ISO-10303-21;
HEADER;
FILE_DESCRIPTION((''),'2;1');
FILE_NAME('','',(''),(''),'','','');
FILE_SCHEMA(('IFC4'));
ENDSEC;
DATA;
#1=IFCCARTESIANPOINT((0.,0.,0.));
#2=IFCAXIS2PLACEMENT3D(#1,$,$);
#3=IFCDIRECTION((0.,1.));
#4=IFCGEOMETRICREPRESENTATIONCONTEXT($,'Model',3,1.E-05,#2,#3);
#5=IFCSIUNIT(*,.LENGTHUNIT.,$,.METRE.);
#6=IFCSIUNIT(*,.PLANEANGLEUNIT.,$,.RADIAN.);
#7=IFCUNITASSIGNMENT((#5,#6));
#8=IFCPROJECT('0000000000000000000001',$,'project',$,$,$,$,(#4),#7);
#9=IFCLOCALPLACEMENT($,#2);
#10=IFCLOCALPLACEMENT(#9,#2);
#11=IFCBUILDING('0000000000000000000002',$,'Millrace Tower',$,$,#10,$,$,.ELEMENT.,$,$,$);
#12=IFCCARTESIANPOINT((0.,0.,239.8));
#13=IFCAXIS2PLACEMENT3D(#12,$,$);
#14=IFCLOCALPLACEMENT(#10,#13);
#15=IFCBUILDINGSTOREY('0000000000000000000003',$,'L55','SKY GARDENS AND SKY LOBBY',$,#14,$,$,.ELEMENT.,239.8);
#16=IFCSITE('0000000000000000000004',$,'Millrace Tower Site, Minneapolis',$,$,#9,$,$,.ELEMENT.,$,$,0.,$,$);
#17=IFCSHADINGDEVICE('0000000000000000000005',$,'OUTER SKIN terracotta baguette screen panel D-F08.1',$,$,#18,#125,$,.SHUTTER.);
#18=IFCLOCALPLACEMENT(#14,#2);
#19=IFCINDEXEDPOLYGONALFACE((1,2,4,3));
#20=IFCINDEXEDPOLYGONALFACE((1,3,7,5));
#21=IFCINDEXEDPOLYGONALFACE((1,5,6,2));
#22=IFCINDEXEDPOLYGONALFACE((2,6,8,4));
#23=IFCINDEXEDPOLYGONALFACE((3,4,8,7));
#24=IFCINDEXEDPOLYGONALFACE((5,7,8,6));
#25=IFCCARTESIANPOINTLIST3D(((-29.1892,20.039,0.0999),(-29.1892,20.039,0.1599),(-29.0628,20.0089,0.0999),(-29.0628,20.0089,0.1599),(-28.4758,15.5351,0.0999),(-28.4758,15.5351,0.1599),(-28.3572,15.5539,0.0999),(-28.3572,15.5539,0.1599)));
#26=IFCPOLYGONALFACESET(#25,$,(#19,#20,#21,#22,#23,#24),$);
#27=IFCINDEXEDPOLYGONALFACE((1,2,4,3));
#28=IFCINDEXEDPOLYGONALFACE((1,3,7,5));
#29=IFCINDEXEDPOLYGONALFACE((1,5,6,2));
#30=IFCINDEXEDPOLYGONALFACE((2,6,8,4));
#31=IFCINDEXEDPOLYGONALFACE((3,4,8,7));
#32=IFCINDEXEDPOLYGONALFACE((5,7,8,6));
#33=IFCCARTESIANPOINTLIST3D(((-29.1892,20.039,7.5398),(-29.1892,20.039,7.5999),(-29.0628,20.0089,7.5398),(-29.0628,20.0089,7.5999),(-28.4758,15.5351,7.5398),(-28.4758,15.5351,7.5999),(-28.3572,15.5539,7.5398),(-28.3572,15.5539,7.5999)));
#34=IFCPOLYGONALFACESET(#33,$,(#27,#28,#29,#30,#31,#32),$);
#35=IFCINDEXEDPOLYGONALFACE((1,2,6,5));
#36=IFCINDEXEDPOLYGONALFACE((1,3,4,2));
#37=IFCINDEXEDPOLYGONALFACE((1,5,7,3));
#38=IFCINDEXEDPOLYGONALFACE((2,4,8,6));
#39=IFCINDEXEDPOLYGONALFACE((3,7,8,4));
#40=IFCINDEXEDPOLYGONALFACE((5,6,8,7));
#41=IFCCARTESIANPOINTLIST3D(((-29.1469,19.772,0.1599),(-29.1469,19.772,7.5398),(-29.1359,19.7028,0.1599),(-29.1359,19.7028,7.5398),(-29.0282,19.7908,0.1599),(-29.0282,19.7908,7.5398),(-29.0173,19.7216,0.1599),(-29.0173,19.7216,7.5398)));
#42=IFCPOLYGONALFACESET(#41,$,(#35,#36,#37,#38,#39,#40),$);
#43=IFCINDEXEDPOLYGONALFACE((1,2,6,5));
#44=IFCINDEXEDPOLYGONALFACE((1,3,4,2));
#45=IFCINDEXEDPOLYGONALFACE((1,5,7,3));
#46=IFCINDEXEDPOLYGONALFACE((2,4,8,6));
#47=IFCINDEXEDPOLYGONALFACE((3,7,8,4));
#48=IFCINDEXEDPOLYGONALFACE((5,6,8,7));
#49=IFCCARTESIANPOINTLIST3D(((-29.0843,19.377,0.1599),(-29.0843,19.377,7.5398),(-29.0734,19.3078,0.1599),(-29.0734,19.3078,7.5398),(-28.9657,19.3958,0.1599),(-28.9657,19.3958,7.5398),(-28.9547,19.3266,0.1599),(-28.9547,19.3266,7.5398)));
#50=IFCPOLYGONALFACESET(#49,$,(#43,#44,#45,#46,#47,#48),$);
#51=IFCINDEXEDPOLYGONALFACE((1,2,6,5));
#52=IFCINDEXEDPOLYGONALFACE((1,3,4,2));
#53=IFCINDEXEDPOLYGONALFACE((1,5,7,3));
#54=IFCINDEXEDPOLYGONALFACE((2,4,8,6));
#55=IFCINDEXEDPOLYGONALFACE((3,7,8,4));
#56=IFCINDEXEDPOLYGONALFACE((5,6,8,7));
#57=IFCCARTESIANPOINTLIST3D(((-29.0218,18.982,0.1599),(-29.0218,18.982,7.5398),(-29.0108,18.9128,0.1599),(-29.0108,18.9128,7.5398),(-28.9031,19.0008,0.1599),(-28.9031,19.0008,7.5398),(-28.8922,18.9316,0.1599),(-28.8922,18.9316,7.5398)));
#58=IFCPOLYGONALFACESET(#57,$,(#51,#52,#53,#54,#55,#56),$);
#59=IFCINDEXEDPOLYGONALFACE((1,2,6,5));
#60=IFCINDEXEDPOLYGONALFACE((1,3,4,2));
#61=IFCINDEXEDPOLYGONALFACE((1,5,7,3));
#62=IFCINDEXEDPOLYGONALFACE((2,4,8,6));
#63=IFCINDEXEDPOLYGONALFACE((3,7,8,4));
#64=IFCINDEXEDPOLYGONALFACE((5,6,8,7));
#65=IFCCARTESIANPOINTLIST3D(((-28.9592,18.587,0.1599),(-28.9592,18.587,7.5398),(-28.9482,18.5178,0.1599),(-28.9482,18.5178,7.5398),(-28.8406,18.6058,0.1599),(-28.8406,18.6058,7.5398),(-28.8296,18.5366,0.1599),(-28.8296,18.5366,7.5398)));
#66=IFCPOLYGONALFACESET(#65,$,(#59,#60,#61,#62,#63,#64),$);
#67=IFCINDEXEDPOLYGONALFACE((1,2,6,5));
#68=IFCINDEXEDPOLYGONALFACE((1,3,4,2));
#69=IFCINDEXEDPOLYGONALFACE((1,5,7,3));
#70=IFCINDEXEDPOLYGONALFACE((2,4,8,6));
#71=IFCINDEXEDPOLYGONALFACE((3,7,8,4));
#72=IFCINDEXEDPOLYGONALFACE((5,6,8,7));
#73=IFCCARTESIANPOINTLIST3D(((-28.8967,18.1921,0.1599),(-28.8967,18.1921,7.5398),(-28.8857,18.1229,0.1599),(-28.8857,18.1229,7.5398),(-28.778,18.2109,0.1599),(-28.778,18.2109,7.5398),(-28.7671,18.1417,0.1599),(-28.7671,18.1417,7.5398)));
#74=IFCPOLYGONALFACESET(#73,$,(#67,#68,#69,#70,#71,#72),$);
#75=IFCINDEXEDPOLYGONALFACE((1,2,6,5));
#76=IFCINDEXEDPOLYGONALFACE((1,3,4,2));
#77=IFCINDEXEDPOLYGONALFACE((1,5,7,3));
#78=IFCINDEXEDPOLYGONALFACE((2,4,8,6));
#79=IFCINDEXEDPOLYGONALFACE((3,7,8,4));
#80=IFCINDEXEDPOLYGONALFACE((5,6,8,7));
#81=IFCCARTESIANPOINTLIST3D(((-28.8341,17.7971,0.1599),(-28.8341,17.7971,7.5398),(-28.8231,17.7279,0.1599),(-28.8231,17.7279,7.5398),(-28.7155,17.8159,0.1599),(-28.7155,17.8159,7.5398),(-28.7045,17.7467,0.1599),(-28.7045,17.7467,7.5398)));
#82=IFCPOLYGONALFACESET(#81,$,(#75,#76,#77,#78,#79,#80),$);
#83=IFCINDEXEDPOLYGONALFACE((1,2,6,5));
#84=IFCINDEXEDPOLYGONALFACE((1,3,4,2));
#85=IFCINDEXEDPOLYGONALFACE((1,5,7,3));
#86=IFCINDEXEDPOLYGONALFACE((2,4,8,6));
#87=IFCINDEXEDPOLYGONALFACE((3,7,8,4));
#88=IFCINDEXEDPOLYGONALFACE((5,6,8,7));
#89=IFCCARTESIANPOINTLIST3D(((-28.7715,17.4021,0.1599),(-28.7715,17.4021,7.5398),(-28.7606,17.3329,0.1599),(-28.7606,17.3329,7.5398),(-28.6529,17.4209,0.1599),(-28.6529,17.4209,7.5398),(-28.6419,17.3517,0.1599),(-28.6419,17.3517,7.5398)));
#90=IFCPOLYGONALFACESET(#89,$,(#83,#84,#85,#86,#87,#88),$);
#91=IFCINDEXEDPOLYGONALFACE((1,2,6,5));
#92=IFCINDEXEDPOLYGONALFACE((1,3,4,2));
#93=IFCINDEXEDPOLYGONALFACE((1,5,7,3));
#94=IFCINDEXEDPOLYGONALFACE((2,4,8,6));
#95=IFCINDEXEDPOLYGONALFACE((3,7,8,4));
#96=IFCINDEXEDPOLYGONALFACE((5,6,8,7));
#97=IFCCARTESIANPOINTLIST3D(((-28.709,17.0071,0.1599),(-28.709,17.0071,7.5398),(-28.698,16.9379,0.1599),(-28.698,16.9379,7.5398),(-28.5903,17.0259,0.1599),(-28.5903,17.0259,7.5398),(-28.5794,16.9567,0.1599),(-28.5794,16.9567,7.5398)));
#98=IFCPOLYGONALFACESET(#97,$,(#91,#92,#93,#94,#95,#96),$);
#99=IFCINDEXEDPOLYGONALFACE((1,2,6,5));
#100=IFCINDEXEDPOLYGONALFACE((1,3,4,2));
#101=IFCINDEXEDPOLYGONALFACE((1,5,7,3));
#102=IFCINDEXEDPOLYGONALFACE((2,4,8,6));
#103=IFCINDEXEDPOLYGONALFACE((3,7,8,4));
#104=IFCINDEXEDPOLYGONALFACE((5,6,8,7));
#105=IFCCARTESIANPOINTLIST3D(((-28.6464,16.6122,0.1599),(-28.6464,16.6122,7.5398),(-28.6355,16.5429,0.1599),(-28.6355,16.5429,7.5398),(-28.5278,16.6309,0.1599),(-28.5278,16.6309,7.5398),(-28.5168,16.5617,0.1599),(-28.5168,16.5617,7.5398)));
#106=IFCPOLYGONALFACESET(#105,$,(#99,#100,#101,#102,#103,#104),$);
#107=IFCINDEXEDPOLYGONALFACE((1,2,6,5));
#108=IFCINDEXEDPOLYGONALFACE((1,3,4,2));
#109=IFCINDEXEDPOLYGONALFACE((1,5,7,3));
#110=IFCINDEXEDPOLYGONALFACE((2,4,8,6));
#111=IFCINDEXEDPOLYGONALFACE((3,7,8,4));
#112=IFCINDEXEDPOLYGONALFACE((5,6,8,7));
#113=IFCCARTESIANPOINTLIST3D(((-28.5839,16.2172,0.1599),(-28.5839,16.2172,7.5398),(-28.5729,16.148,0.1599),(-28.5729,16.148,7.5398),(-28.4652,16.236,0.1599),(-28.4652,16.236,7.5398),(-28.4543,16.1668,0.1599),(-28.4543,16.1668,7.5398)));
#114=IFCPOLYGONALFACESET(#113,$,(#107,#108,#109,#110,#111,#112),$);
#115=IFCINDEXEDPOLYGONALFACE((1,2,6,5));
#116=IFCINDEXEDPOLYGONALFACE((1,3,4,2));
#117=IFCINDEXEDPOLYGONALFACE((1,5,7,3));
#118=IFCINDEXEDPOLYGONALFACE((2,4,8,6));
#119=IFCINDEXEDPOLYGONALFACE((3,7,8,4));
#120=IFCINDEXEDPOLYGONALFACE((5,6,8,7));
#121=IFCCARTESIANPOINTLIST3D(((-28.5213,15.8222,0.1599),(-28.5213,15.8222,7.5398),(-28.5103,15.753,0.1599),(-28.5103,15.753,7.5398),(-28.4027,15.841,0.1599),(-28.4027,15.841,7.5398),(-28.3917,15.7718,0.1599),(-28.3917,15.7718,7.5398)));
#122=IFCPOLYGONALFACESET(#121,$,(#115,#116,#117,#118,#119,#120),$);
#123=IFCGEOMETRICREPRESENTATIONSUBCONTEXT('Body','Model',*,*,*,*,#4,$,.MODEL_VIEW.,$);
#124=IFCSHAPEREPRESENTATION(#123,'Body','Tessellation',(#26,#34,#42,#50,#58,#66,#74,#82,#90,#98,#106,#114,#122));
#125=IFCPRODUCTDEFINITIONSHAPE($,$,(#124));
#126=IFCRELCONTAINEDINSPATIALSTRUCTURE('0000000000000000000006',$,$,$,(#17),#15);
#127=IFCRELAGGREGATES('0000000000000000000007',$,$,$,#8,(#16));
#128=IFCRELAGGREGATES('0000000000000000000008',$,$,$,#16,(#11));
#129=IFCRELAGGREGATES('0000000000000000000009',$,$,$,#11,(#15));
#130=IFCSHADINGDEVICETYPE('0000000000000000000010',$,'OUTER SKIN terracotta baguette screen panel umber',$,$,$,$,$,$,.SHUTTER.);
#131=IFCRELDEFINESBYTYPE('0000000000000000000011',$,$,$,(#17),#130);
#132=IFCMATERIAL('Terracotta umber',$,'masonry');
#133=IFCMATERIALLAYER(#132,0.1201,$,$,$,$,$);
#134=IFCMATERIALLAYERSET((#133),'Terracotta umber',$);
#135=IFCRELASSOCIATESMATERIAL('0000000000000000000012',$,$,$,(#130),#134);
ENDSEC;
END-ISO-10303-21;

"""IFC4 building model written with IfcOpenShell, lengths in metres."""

from ifc_helpers import new_model, entity, si_unit, direction, frame, frame_2d, origin, place, context, subcontext, project, spatial, rectangle, extrude, source, transform, mapped, material, layer, layer_set, type_object, element, save


model = new_model("IFC4")

# Units and contexts
model_context = context("Model", 3, precision=1e-05, world=origin(), true_north=direction((0.0, 1.0)))
body_context = subcontext(model_context, "Body", "Model", "MODEL_VIEW")
ifc_project = project(units=[si_unit("LENGTHUNIT", "METRE"), si_unit("PLANEANGLEUNIT", "RADIAN")], contexts=[model_context])

# Site, building, storey
site_placement = place(None, origin())
site = spatial("IfcSite", under=ifc_project, at=site_placement, Name="Millrace Tower Site, Minneapolis", CompositionType="ELEMENT", RefElevation=0.0)
building_placement = place(site_placement, origin())
building = spatial("IfcBuilding", under=site, at=building_placement, Name="Millrace Tower", CompositionType="ELEMENT")
storey_placement = place(building_placement, frame((0.0, 0.0, 239.8)))
storey = spatial("IfcBuildingStorey", under=building, at=storey_placement, Name="L55", Description="SKY GARDENS AND SKY LOBBY", CompositionType="ELEMENT", Elevation=239.8)

# Shading device
ifc_material_1 = material(Name="Terracotta umber", Category="masonry")
ifc_layer_1 = layer(ifc_material_1, 0.1201)
ifc_layer_set_1 = layer_set([ifc_layer_1], Name="Terracotta umber")
shading_device_type = type_object("IfcShadingDeviceType", Name="OUTER SKIN terracotta baguette screen panel umber", PredefinedType="SHUTTER", material=ifc_layer_set_1)
cartesian_point_1 = entity("IfcCartesianPoint", [-2.2429, 0.0601])
shared_polyline_1 = entity("IfcPolyline", [cartesian_point_1, entity("IfcCartesianPoint", [2.2676, 0.0601]), entity("IfcCartesianPoint", [2.2676, -0.0601]), entity("IfcCartesianPoint", [-2.2925, -0.0601]), cartesian_point_1])
shared_shape_1 = source(origin(), body_context, "Body", "SweptSolid", [
    entity("IfcExtrudedAreaSolid", entity("IfcArbitraryClosedProfileDef", "AREA", None, shared_polyline_1), entity("IfcAxis2Placement3D", entity("IfcCartesianPoint", [0.0, 0.0, 0.0])), entity("IfcDirection", [0.0, 0.0, 1.0]), 0.0601),
    entity("IfcExtrudedAreaSolid", entity("IfcArbitraryClosedProfileDef", "AREA", None, shared_polyline_1), entity("IfcAxis2Placement3D", entity("IfcCartesianPoint", [0.0, 0.0, 7.4399])), entity("IfcDirection", [0.0, 0.0, 1.0]), 0.0601),
    extrude(rectangle(XDim=0.0701, YDim=0.1201, at=frame_2d((-1.9871, 0.0))), frame((0.0, 0.0, 0.0601)), (0.0, 0.0, 1.0), 7.3799),
    extrude(rectangle(XDim=0.0701, YDim=0.1201, at=frame_2d((-1.5872, 0.0))), frame((0.0, 0.0, 0.0601)), (0.0, 0.0, 1.0), 7.3799),
    extrude(rectangle(XDim=0.0701, YDim=0.1201, at=frame_2d((-1.1873, 0.0))), frame((0.0, 0.0, 0.0601)), (0.0, 0.0, 1.0), 7.3799),
    extrude(rectangle(XDim=0.0701, YDim=0.1201, at=frame_2d((-0.7874, 0.0))), frame((0.0, 0.0, 0.0601)), (0.0, 0.0, 1.0), 7.3799),
    extrude(rectangle(XDim=0.0701, YDim=0.1201, at=frame_2d((-0.3875, 0.0))), frame((0.0, 0.0, 0.0601)), (0.0, 0.0, 1.0), 7.3799),
    extrude(rectangle(XDim=0.0701, YDim=0.1201, at=frame_2d((0.0125, 0.0))), frame((0.0, 0.0, 0.0601)), (0.0, 0.0, 1.0), 7.3799),
    extrude(rectangle(XDim=0.0701, YDim=0.1201, at=frame_2d((0.4124, 0.0))), frame((0.0, 0.0, 0.0601)), (0.0, 0.0, 1.0), 7.3799),
    extrude(rectangle(XDim=0.0701, YDim=0.1201, at=frame_2d((0.8123, 0.0))), frame((0.0, 0.0, 0.0601)), (0.0, 0.0, 1.0), 7.3799),
    extrude(rectangle(XDim=0.0701, YDim=0.1201, at=frame_2d((1.2122, 0.0))), frame((0.0, 0.0, 0.0601)), (0.0, 0.0, 1.0), 7.3799),
    extrude(rectangle(XDim=0.0701, YDim=0.1201, at=frame_2d((1.6121, 0.0))), frame((0.0, 0.0, 0.0601)), (0.0, 0.0, 1.0), 7.3799),
    extrude(rectangle(XDim=0.0701, YDim=0.1201, at=frame_2d((2.012, 0.0))), frame((0.0, 0.0, 0.0601)), (0.0, 0.0, 1.0), 7.3799),
])
shading_device_1_placement = place(storey_placement, frame((-28.7712, 17.7842, 0.0999), z_axis=(0.0, 0.0, 1.0), x_axis=(0.156434, -0.987688, 0.0)))
element("IfcShadingDevice", 1, at=shading_device_1_placement, inside=storey, type_object=shading_device_type, Name="OUTER SKIN terracotta baguette screen panel D-F08.1", PredefinedType="SHUTTER", context=body_context, shape_type="MappedRepresentation", body=[
    mapped(shared_shape_1, transform((0.0, 0.0, 0.0), scale=1.0)),
])

save(model, "model.ifc")
